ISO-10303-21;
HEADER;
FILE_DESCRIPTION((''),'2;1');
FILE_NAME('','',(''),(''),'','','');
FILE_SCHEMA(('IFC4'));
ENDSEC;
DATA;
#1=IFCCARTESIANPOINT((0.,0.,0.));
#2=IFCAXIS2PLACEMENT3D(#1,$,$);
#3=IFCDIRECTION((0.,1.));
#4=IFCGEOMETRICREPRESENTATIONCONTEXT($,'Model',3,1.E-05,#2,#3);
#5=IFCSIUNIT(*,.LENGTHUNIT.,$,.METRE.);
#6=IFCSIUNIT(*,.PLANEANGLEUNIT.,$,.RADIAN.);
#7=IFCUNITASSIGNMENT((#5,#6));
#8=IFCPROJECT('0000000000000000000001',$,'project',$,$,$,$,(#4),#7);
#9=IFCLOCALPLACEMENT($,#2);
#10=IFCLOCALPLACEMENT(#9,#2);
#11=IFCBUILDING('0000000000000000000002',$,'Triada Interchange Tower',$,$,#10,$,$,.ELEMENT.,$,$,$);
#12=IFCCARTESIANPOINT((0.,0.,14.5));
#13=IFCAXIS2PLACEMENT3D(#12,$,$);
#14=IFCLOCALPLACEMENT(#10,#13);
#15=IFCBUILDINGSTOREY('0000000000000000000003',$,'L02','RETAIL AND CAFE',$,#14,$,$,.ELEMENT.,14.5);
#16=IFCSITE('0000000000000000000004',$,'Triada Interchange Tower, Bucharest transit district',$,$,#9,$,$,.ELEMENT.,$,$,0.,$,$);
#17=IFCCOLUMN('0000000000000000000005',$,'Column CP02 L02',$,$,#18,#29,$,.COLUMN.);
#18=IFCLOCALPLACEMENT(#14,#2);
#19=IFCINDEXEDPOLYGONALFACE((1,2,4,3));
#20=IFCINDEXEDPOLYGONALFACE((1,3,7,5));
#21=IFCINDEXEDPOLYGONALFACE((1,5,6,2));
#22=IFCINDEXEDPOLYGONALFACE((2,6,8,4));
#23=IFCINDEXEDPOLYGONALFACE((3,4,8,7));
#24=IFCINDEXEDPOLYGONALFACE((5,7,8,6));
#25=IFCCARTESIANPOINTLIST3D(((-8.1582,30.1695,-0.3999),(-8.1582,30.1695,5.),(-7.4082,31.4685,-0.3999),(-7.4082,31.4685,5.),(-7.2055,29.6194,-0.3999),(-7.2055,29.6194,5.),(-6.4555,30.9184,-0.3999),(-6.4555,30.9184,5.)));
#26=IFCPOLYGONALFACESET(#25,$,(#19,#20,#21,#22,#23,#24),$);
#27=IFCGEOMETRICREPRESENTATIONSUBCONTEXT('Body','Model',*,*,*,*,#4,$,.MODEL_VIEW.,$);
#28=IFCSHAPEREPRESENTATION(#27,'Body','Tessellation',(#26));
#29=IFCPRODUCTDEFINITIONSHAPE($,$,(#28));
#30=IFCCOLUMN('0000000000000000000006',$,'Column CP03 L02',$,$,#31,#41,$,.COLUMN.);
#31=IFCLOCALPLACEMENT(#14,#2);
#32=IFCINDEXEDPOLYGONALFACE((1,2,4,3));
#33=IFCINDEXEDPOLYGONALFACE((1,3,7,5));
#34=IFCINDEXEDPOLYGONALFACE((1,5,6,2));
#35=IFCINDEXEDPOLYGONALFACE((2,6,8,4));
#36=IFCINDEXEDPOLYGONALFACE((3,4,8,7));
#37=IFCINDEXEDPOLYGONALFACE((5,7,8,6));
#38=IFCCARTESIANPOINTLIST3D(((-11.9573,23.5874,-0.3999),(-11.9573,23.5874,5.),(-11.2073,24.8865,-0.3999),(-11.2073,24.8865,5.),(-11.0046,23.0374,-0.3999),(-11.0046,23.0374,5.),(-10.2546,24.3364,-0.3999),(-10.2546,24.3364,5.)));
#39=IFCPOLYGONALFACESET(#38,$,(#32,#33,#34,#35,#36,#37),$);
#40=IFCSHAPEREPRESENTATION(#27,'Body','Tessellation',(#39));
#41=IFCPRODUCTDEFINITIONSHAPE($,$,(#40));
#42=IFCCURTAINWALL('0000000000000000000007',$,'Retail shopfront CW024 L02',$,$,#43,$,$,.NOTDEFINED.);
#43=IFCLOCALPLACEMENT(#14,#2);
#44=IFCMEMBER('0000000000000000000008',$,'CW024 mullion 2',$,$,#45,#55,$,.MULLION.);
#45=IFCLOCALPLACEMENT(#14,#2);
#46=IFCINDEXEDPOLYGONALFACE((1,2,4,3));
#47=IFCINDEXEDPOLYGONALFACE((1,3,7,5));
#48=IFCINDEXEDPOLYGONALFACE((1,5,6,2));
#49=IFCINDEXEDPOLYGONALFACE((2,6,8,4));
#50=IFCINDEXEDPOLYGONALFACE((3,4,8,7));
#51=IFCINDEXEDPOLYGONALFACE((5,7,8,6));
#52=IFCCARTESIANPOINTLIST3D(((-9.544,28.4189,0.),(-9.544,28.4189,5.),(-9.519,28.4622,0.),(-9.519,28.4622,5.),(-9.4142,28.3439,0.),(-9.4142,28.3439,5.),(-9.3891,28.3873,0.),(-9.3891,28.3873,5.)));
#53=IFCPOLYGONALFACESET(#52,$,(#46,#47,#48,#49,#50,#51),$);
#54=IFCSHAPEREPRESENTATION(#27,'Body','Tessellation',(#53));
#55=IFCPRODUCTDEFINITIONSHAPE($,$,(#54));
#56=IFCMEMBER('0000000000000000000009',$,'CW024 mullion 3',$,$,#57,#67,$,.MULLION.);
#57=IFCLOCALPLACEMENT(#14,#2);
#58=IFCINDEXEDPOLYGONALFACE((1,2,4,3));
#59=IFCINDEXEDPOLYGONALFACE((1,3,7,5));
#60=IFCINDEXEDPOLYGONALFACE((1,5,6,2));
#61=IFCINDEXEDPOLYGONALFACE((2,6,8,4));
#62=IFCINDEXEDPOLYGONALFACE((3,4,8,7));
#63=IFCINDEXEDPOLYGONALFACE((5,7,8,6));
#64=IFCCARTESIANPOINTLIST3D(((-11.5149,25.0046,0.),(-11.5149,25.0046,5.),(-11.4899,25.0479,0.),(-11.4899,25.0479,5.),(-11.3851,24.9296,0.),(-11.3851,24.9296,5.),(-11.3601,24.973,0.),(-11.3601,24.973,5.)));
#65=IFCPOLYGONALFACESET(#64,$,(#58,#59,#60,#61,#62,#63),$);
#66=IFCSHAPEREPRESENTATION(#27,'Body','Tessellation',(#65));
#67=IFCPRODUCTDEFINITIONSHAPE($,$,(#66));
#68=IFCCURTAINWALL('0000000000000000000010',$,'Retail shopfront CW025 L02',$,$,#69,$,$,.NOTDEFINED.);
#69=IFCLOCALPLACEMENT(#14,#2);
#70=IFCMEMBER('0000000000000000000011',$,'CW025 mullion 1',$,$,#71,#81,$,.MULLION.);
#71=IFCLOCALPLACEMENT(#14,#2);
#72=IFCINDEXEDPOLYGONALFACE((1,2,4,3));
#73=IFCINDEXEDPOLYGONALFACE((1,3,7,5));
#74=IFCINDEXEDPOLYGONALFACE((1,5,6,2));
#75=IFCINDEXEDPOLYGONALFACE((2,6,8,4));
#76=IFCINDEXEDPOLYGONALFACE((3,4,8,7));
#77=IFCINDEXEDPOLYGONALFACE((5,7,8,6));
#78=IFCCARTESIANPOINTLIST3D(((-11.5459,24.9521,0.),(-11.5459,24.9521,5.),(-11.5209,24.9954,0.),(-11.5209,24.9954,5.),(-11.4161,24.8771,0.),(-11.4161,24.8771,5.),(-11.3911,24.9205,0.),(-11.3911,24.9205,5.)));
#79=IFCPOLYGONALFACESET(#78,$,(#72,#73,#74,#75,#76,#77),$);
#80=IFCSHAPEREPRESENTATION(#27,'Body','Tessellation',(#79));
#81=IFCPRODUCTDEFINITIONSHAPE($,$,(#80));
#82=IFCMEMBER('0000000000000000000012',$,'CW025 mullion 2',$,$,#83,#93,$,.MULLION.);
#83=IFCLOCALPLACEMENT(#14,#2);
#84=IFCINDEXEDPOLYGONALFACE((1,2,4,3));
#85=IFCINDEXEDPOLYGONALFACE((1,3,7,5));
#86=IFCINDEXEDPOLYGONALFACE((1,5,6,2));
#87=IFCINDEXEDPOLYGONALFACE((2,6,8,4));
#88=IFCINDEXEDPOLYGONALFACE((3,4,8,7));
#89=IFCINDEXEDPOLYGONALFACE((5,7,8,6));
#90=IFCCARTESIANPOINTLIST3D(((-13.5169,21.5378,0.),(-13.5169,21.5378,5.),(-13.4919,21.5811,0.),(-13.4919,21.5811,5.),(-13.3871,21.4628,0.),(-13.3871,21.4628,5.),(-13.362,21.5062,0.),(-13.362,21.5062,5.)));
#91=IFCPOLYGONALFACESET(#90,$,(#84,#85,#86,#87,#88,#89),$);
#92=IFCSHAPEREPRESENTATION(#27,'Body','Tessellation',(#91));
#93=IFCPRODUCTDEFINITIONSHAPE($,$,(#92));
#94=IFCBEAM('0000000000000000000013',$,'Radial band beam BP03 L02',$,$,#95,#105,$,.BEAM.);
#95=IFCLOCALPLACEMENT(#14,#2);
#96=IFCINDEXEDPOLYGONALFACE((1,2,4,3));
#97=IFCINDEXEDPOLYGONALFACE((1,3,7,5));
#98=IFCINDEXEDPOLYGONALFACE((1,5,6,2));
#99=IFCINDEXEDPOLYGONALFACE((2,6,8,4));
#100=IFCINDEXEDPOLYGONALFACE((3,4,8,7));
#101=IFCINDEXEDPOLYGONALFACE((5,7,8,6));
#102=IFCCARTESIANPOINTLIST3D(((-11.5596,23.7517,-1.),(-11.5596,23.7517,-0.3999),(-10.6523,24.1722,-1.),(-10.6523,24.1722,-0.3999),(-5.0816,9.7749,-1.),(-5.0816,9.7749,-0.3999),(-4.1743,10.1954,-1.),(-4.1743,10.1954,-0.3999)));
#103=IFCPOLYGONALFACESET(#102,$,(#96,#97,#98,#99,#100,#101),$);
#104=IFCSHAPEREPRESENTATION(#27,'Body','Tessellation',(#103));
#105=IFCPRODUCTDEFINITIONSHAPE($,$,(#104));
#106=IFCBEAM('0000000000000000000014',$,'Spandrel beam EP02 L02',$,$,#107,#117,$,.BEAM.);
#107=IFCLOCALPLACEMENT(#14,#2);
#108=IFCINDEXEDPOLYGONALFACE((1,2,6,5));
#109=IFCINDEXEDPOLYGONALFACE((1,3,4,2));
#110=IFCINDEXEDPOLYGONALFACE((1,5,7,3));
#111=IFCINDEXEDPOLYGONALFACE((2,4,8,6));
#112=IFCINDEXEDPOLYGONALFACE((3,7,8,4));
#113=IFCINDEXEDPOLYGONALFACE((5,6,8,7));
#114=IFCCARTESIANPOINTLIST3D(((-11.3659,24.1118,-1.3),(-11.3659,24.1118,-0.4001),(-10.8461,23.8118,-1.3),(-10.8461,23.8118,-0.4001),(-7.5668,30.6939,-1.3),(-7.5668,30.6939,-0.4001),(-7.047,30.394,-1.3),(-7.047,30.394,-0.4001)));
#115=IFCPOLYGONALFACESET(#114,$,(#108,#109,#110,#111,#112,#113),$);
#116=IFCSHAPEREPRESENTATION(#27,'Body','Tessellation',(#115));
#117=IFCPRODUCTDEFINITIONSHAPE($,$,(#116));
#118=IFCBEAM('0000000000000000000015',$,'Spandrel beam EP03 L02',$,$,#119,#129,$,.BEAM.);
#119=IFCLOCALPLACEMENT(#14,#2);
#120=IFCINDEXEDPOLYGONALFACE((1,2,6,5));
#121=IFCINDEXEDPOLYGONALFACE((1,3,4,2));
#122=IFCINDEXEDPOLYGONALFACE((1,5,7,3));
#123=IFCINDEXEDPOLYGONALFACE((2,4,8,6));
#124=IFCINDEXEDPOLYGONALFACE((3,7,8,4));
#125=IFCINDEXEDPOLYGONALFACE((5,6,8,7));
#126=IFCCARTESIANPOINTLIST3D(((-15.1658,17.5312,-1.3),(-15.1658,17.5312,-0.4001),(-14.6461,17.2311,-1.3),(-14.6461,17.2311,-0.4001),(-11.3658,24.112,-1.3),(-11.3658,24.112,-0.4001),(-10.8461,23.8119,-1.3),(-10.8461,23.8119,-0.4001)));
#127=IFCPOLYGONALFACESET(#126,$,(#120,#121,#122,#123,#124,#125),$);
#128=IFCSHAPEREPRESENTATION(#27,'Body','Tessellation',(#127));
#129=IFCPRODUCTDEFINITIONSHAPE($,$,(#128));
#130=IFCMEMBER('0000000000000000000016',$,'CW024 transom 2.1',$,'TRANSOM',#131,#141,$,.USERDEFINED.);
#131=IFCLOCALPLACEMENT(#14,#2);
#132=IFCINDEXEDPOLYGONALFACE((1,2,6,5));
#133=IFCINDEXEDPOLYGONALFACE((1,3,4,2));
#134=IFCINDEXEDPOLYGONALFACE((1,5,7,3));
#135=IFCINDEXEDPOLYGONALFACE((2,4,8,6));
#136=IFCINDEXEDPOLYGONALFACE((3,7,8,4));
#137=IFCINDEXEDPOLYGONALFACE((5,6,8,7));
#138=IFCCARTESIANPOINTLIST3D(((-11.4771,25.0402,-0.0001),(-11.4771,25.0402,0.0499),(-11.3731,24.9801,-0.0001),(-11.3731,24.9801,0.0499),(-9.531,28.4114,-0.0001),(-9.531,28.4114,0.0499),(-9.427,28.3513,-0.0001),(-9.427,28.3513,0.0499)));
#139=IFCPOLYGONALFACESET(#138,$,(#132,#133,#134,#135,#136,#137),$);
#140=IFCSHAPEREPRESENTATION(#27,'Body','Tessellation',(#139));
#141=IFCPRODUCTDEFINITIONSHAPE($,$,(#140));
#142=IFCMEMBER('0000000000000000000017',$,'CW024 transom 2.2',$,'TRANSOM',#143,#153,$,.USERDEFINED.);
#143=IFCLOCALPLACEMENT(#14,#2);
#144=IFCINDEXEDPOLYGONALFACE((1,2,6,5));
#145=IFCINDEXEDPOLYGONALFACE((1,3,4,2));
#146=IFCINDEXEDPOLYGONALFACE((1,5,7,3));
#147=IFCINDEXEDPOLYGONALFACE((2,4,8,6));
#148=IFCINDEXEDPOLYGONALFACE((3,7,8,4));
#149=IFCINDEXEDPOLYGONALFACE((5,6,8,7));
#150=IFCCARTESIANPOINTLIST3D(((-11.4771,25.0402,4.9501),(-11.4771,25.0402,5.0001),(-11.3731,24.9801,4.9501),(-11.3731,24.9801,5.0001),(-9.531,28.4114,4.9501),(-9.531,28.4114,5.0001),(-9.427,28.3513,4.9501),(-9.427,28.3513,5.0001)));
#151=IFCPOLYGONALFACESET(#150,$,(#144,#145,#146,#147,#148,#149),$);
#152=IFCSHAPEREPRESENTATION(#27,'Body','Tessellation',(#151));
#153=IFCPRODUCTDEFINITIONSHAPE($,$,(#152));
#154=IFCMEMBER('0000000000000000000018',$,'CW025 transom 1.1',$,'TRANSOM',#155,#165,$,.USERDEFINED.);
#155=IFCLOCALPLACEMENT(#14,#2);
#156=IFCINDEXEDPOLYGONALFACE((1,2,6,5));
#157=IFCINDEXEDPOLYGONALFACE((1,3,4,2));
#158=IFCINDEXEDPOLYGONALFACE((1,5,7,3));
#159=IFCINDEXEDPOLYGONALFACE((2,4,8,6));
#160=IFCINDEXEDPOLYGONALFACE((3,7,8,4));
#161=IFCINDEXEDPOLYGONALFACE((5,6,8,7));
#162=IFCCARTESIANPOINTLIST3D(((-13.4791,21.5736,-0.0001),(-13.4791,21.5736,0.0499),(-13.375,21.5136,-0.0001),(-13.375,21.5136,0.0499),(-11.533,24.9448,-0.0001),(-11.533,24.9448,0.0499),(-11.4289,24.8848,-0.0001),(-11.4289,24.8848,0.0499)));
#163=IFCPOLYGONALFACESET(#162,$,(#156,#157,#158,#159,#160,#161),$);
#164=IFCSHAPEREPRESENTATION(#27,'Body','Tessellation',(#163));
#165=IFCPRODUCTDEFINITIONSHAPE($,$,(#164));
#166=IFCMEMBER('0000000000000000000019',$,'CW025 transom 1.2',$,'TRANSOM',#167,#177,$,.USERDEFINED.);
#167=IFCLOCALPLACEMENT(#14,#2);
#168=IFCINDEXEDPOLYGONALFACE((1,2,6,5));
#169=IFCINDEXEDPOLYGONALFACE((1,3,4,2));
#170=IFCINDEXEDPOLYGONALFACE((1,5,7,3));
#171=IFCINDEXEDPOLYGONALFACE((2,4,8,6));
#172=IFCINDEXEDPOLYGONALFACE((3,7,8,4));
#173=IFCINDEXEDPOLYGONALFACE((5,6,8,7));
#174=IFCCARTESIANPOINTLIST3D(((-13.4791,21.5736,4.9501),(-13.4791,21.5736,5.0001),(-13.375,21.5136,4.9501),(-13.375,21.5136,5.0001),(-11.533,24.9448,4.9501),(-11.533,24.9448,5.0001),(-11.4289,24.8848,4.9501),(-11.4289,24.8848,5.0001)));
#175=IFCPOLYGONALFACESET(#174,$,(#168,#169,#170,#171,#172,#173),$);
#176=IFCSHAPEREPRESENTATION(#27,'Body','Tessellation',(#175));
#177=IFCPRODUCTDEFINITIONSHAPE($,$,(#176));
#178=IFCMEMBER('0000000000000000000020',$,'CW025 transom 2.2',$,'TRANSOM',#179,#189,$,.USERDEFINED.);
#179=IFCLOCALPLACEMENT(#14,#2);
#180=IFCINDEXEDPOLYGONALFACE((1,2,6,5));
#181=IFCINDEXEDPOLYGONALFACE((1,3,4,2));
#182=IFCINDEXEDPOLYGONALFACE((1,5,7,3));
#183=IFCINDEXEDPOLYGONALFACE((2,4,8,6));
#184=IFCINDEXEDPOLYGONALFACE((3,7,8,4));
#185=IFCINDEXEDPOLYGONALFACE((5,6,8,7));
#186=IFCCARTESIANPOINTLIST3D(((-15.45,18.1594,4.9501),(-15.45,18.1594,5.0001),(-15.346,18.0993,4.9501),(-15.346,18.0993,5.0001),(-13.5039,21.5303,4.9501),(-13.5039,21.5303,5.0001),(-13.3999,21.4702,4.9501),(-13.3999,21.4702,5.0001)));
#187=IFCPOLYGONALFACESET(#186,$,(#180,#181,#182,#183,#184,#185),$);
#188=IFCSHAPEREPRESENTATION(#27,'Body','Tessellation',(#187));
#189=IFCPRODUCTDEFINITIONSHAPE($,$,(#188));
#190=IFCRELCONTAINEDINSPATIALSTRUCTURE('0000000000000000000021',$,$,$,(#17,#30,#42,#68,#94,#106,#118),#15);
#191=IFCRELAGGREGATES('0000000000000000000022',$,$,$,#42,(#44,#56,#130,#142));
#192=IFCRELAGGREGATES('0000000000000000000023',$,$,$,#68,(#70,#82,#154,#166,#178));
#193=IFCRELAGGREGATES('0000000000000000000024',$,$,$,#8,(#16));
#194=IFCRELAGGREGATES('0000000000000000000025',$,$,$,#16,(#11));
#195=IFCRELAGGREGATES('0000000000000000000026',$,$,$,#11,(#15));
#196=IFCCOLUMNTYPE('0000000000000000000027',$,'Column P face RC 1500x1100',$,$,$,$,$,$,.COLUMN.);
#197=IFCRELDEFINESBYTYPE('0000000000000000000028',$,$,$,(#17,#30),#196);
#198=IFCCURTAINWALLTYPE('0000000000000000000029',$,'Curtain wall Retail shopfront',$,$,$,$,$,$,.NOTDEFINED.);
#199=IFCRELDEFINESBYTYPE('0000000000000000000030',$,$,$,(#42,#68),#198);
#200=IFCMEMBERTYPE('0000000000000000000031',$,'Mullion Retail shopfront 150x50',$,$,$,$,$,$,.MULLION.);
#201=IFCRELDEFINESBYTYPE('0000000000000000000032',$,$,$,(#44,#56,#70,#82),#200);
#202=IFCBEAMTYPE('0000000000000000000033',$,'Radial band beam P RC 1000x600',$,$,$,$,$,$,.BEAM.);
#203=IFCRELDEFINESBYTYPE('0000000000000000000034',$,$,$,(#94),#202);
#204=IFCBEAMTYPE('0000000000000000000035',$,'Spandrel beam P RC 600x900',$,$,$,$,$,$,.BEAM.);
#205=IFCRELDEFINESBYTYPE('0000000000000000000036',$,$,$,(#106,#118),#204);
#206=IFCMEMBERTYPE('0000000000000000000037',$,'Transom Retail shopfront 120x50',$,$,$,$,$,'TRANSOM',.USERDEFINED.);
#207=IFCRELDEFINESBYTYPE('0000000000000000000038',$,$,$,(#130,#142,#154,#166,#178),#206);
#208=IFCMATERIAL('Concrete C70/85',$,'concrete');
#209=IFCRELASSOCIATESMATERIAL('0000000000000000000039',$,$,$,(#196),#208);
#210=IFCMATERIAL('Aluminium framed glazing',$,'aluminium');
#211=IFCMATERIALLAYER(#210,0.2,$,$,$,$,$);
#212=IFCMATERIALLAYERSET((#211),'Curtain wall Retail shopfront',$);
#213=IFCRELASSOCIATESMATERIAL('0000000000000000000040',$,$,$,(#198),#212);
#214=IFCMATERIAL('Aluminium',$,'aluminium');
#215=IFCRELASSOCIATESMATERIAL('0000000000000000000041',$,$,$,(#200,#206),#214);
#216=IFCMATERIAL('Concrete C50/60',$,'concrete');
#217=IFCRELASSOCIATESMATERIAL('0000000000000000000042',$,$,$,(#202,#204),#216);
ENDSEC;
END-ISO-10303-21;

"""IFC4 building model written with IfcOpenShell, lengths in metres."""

from ifc_helpers import new_model, si_unit, direction, frame, origin, origin_2d, place, context, subcontext, project, spatial, rectangle, extrude, material, layer, layer_set, material_profile, profile_set, type_object, element, aggregate, save


model = new_model("IFC4")

# Units and contexts
model_context = context("Model", 3, precision=1e-05, world=origin(), true_north=direction((0.0, 1.0)))
body_context = subcontext(model_context, "Body", "Model", "MODEL_VIEW")
ifc_project = project(units=[si_unit("LENGTHUNIT", "METRE"), si_unit("PLANEANGLEUNIT", "RADIAN")], contexts=[model_context])

# Site, building, storey
site_placement = place(None, origin())
site = spatial("IfcSite", under=ifc_project, at=site_placement, Name="Triada Interchange Tower, Bucharest transit district", CompositionType="ELEMENT", RefElevation=0.0)
building_placement = place(site_placement, origin())
building = spatial("IfcBuilding", under=site, at=building_placement, Name="Triada Interchange Tower", CompositionType="ELEMENT")
storey_placement = place(building_placement, frame((0.0, 0.0, 14.5)))
storey = spatial("IfcBuildingStorey", under=building, at=storey_placement, Name="L02", Description="RETAIL AND CAFE", CompositionType="ELEMENT", Elevation=14.5)

# Columns
ifc_material_1 = material(Name="Concrete C70/85", Category="concrete")
ifc_material_profile_1 = material_profile(ifc_material_1, rectangle(XDim=1.5, YDim=1.1001, at=origin_2d()), Name="RC 1500x1100")
ifc_profile_set_1 = profile_set([ifc_material_profile_1], Name="Concrete C70/85")
column_type = type_object("IfcColumnType", Name="Column P face RC 1500x1100", PredefinedType="COLUMN", material=ifc_profile_set_1)
for number, where, z_axis, x_axis, name in (
    (1, (-7.3069, 30.5439, -0.3999), (0.0, 0.0, 1.0), (0.5, 0.866025, 0.0), "Column CP02 L02"),
    (2, (-11.106, 23.9619, -0.3999), (0.0, 0.0, 1.0), (0.5, 0.866025, 0.0), "Column CP03 L02"),
):
    element("IfcColumn", number, at=place(storey_placement, frame(where, z_axis=z_axis, x_axis=x_axis)), inside=storey, type_object=column_type, Name=name, PredefinedType="COLUMN", context=body_context, shape_type="SweptSolid", body=[
        extrude(rectangle(XDim=1.5, YDim=1.1001, at=origin_2d()), origin(), (0.0, 0.0, 1.0), 5.3999),
    ])

# Curtain walls, members
ifc_material_2 = material(Name="Aluminium framed glazing", Category="aluminium")
ifc_layer_1 = layer(ifc_material_2, 0.2)
ifc_layer_set_1 = layer_set([ifc_layer_1], Name="Curtain wall Retail shopfront")
curtain_wall_type = type_object("IfcCurtainWallType", Name="Curtain wall Retail shopfront", PredefinedType="NOTDEFINED", material=ifc_layer_set_1)
curtain_wall_1_placement = place(storey_placement, origin())
curtain_wall_1 = element("IfcCurtainWall", 3, at=curtain_wall_1_placement, inside=storey, type_object=curtain_wall_type, Name="Retail shopfront CW024 L02", PredefinedType="NOTDEFINED")
ifc_material_3 = material(Name="Aluminium", Category="aluminium")
ifc_material_profile_2 = material_profile(ifc_material_3, rectangle(XDim=0.1499, YDim=0.05, at=origin_2d()), Name="Aluminium mullion")
ifc_profile_set_2 = profile_set([ifc_material_profile_2], Name="Aluminium")
member_type_1 = type_object("IfcMemberType", Name="Mullion Retail shopfront 150x50", PredefinedType="MULLION", material=ifc_profile_set_2)
member_1_placement = place(storey_placement, frame((-9.4666, 28.4031, 0.0), z_axis=(0.0, 0.0, 1.0), x_axis=(0.866055, -0.499948, 0.0)))
member_1 = element("IfcMember", 4, at=member_1_placement, type_object=member_type_1, Name="CW024 mullion 2", PredefinedType="MULLION", context=body_context, shape_type="SweptSolid", body=[
    extrude(rectangle(XDim=0.1499, YDim=0.05, at=origin_2d()), origin(), (0.0, 0.0, 1.0), 5.0),
])
member_2_placement = place(storey_placement, frame((-11.4375, 24.9888, 0.0), z_axis=(0.0, 0.0, 1.0), x_axis=(0.866055, -0.499948, 0.0)))
member_2 = element("IfcMember", 5, at=member_2_placement, type_object=member_type_1, Name="CW024 mullion 3", PredefinedType="MULLION", context=body_context, shape_type="SweptSolid", body=[
    extrude(rectangle(XDim=0.1499, YDim=0.05, at=origin_2d()), origin(), (0.0, 0.0, 1.0), 5.0),
])
curtain_wall_2_placement = place(storey_placement, origin())
curtain_wall_2 = element("IfcCurtainWall", 6, at=curtain_wall_2_placement, inside=storey, type_object=curtain_wall_type, Name="Retail shopfront CW025 L02", PredefinedType="NOTDEFINED")
member_3_placement = place(storey_placement, frame((-11.4685, 24.9363, 0.0), z_axis=(0.0, 0.0, 1.0), x_axis=(0.866055, -0.499948, 0.0)))
member_3 = element("IfcMember", 7, at=member_3_placement, type_object=member_type_1, Name="CW025 mullion 1", PredefinedType="MULLION", context=body_context, shape_type="SweptSolid", body=[
    extrude(rectangle(XDim=0.1499, YDim=0.05, at=origin_2d()), origin(), (0.0, 0.0, 1.0), 5.0),
])
member_4_placement = place(storey_placement, frame((-13.4395, 21.522, 0.0), z_axis=(0.0, 0.0, 1.0), x_axis=(0.866055, -0.499948, 0.0)))
member_4 = element("IfcMember", 8, at=member_4_placement, type_object=member_type_1, Name="CW025 mullion 2", PredefinedType="MULLION", context=body_context, shape_type="SweptSolid", body=[
    extrude(rectangle(XDim=0.1499, YDim=0.05, at=origin_2d()), origin(), (0.0, 0.0, 1.0), 5.0),
])

# Beams
ifc_material_4 = material(Name="Concrete C50/60", Category="concrete")
ifc_material_profile_3 = material_profile(ifc_material_4, rectangle(XDim=1.0, YDim=0.6001, at=origin_2d()), Name="RC 1000x600")
ifc_profile_set_3 = profile_set([ifc_material_profile_3], Name="Concrete C50/60")
beam_type_1 = type_object("IfcBeamType", Name="Radial band beam P RC 1000x600", PredefinedType="BEAM", material=ifc_profile_set_3)
beam_1_placement = place(storey_placement, frame((-11.106, 23.9619, -0.7), z_axis=(0.420513, -0.907287, 0.0), x_axis=(0.907287, 0.420513, 0.0)))
element("IfcBeam", 9, at=beam_1_placement, inside=storey, type_object=beam_type_1, Name="Radial band beam BP03 L02", PredefinedType="BEAM", context=body_context, shape_type="SweptSolid", body=[
    extrude(rectangle(XDim=1.0, YDim=0.6001, at=origin_2d()), origin(), (0.0, 0.0, 1.0), 15.405),
])
ifc_material_profile_4 = material_profile(ifc_material_4, rectangle(XDim=0.6001, YDim=0.8999, at=origin_2d()), Name="RC 600x900")
ifc_profile_set_4 = profile_set([ifc_material_profile_4], Name="Concrete C50/60")
beam_type_2 = type_object("IfcBeamType", Name="Spandrel beam P RC 600x900", PredefinedType="BEAM", material=ifc_profile_set_4)
beam_2_placement = place(storey_placement, frame((-7.3069, 30.5439, -0.8501), z_axis=(-0.499895, -0.866086, 0.0), x_axis=(0.866086, -0.499895, 0.0)))
element("IfcBeam", 10, at=beam_2_placement, inside=storey, type_object=beam_type_2, Name="Spandrel beam EP02 L02", PredefinedType="BEAM", context=body_context, shape_type="SweptSolid", body=[
    extrude(rectangle(XDim=0.6001, YDim=0.8999, at=origin_2d()), origin(), (0.0, 0.0, 1.0), 7.5999),
])
beam_3_placement = place(storey_placement, frame((-11.106, 23.9619, -0.8501), z_axis=(-0.500061, -0.86599, 0.0), x_axis=(0.86599, -0.500061, 0.0)))
element("IfcBeam", 11, at=beam_3_placement, inside=storey, type_object=beam_type_2, Name="Spandrel beam EP03 L02", PredefinedType="BEAM", context=body_context, shape_type="SweptSolid", body=[
    extrude(rectangle(XDim=0.6001, YDim=0.8999, at=origin_2d()), origin(), (0.0, 0.0, 1.0), 7.5991),
])

# Members
ifc_material_profile_5 = material_profile(ifc_material_3, rectangle(XDim=0.1201, YDim=0.05, at=origin_2d()), Name="Aluminium transom")
ifc_profile_set_5 = profile_set([ifc_material_profile_5], Name="Aluminium")
member_type_2 = type_object("IfcMemberType", Name="Transom Retail shopfront 120x50", ElementType="TRANSOM", PredefinedType="USERDEFINED", material=ifc_profile_set_5)
member_5_placement = place(storey_placement, frame((-9.479, 28.3813, 0.0249), z_axis=(-0.49995, -0.866054, 0.0), x_axis=(0.866054, -0.49995, 0.0)))
member_5 = element("IfcMember", 12, at=member_5_placement, type_object=member_type_2, Name="CW024 transom 2.1", ObjectType="TRANSOM", PredefinedType="USERDEFINED", context=body_context, shape_type="SweptSolid", body=[
    extrude(rectangle(XDim=0.1201, YDim=0.05, at=origin_2d()), origin(), (0.0, 0.0, 1.0), 3.8926),
])
member_6_placement = place(storey_placement, frame((-9.479, 28.3813, 4.9751), z_axis=(-0.49995, -0.866054, 0.0), x_axis=(0.866054, -0.49995, 0.0)))
member_6 = element("IfcMember", 13, at=member_6_placement, type_object=member_type_2, Name="CW024 transom 2.2", ObjectType="TRANSOM", PredefinedType="USERDEFINED", context=body_context, shape_type="SweptSolid", body=[
    extrude(rectangle(XDim=0.1201, YDim=0.05, at=origin_2d()), origin(), (0.0, 0.0, 1.0), 3.8926),
])
member_7_placement = place(storey_placement, frame((-11.481, 24.9148, 0.0249), z_axis=(-0.49995, -0.866054, 0.0), x_axis=(0.866054, -0.49995, 0.0)))
member_7 = element("IfcMember", 14, at=member_7_placement, type_object=member_type_2, Name="CW025 transom 1.1", ObjectType="TRANSOM", PredefinedType="USERDEFINED", context=body_context, shape_type="SweptSolid", body=[
    extrude(rectangle(XDim=0.1201, YDim=0.05, at=origin_2d()), origin(), (0.0, 0.0, 1.0), 3.8926),
])
member_8_placement = place(storey_placement, frame((-11.481, 24.9148, 4.9751), z_axis=(-0.49995, -0.866054, 0.0), x_axis=(0.866054, -0.49995, 0.0)))
member_8 = element("IfcMember", 15, at=member_8_placement, type_object=member_type_2, Name="CW025 transom 1.2", ObjectType="TRANSOM", PredefinedType="USERDEFINED", context=body_context, shape_type="SweptSolid", body=[
    extrude(rectangle(XDim=0.1201, YDim=0.05, at=origin_2d()), origin(), (0.0, 0.0, 1.0), 3.8926),
])
member_9_placement = place(storey_placement, frame((-13.4519, 21.5002, 4.9751), z_axis=(-0.499978, -0.866038, 0.0), x_axis=(0.866038, -0.499978, 0.0)))
member_9 = element("IfcMember", 16, at=member_9_placement, type_object=member_type_2, Name="CW025 transom 2.2", ObjectType="TRANSOM", PredefinedType="USERDEFINED", context=body_context, shape_type="SweptSolid", body=[
    extrude(rectangle(XDim=0.1201, YDim=0.05, at=origin_2d()), origin(), (0.0, 0.0, 1.0), 3.8923),
])

aggregate(curtain_wall_1, [member_1, member_2, member_5, member_6])
aggregate(curtain_wall_2, [member_3, member_4, member_7, member_8, member_9])

save(model, "model.ifc")
